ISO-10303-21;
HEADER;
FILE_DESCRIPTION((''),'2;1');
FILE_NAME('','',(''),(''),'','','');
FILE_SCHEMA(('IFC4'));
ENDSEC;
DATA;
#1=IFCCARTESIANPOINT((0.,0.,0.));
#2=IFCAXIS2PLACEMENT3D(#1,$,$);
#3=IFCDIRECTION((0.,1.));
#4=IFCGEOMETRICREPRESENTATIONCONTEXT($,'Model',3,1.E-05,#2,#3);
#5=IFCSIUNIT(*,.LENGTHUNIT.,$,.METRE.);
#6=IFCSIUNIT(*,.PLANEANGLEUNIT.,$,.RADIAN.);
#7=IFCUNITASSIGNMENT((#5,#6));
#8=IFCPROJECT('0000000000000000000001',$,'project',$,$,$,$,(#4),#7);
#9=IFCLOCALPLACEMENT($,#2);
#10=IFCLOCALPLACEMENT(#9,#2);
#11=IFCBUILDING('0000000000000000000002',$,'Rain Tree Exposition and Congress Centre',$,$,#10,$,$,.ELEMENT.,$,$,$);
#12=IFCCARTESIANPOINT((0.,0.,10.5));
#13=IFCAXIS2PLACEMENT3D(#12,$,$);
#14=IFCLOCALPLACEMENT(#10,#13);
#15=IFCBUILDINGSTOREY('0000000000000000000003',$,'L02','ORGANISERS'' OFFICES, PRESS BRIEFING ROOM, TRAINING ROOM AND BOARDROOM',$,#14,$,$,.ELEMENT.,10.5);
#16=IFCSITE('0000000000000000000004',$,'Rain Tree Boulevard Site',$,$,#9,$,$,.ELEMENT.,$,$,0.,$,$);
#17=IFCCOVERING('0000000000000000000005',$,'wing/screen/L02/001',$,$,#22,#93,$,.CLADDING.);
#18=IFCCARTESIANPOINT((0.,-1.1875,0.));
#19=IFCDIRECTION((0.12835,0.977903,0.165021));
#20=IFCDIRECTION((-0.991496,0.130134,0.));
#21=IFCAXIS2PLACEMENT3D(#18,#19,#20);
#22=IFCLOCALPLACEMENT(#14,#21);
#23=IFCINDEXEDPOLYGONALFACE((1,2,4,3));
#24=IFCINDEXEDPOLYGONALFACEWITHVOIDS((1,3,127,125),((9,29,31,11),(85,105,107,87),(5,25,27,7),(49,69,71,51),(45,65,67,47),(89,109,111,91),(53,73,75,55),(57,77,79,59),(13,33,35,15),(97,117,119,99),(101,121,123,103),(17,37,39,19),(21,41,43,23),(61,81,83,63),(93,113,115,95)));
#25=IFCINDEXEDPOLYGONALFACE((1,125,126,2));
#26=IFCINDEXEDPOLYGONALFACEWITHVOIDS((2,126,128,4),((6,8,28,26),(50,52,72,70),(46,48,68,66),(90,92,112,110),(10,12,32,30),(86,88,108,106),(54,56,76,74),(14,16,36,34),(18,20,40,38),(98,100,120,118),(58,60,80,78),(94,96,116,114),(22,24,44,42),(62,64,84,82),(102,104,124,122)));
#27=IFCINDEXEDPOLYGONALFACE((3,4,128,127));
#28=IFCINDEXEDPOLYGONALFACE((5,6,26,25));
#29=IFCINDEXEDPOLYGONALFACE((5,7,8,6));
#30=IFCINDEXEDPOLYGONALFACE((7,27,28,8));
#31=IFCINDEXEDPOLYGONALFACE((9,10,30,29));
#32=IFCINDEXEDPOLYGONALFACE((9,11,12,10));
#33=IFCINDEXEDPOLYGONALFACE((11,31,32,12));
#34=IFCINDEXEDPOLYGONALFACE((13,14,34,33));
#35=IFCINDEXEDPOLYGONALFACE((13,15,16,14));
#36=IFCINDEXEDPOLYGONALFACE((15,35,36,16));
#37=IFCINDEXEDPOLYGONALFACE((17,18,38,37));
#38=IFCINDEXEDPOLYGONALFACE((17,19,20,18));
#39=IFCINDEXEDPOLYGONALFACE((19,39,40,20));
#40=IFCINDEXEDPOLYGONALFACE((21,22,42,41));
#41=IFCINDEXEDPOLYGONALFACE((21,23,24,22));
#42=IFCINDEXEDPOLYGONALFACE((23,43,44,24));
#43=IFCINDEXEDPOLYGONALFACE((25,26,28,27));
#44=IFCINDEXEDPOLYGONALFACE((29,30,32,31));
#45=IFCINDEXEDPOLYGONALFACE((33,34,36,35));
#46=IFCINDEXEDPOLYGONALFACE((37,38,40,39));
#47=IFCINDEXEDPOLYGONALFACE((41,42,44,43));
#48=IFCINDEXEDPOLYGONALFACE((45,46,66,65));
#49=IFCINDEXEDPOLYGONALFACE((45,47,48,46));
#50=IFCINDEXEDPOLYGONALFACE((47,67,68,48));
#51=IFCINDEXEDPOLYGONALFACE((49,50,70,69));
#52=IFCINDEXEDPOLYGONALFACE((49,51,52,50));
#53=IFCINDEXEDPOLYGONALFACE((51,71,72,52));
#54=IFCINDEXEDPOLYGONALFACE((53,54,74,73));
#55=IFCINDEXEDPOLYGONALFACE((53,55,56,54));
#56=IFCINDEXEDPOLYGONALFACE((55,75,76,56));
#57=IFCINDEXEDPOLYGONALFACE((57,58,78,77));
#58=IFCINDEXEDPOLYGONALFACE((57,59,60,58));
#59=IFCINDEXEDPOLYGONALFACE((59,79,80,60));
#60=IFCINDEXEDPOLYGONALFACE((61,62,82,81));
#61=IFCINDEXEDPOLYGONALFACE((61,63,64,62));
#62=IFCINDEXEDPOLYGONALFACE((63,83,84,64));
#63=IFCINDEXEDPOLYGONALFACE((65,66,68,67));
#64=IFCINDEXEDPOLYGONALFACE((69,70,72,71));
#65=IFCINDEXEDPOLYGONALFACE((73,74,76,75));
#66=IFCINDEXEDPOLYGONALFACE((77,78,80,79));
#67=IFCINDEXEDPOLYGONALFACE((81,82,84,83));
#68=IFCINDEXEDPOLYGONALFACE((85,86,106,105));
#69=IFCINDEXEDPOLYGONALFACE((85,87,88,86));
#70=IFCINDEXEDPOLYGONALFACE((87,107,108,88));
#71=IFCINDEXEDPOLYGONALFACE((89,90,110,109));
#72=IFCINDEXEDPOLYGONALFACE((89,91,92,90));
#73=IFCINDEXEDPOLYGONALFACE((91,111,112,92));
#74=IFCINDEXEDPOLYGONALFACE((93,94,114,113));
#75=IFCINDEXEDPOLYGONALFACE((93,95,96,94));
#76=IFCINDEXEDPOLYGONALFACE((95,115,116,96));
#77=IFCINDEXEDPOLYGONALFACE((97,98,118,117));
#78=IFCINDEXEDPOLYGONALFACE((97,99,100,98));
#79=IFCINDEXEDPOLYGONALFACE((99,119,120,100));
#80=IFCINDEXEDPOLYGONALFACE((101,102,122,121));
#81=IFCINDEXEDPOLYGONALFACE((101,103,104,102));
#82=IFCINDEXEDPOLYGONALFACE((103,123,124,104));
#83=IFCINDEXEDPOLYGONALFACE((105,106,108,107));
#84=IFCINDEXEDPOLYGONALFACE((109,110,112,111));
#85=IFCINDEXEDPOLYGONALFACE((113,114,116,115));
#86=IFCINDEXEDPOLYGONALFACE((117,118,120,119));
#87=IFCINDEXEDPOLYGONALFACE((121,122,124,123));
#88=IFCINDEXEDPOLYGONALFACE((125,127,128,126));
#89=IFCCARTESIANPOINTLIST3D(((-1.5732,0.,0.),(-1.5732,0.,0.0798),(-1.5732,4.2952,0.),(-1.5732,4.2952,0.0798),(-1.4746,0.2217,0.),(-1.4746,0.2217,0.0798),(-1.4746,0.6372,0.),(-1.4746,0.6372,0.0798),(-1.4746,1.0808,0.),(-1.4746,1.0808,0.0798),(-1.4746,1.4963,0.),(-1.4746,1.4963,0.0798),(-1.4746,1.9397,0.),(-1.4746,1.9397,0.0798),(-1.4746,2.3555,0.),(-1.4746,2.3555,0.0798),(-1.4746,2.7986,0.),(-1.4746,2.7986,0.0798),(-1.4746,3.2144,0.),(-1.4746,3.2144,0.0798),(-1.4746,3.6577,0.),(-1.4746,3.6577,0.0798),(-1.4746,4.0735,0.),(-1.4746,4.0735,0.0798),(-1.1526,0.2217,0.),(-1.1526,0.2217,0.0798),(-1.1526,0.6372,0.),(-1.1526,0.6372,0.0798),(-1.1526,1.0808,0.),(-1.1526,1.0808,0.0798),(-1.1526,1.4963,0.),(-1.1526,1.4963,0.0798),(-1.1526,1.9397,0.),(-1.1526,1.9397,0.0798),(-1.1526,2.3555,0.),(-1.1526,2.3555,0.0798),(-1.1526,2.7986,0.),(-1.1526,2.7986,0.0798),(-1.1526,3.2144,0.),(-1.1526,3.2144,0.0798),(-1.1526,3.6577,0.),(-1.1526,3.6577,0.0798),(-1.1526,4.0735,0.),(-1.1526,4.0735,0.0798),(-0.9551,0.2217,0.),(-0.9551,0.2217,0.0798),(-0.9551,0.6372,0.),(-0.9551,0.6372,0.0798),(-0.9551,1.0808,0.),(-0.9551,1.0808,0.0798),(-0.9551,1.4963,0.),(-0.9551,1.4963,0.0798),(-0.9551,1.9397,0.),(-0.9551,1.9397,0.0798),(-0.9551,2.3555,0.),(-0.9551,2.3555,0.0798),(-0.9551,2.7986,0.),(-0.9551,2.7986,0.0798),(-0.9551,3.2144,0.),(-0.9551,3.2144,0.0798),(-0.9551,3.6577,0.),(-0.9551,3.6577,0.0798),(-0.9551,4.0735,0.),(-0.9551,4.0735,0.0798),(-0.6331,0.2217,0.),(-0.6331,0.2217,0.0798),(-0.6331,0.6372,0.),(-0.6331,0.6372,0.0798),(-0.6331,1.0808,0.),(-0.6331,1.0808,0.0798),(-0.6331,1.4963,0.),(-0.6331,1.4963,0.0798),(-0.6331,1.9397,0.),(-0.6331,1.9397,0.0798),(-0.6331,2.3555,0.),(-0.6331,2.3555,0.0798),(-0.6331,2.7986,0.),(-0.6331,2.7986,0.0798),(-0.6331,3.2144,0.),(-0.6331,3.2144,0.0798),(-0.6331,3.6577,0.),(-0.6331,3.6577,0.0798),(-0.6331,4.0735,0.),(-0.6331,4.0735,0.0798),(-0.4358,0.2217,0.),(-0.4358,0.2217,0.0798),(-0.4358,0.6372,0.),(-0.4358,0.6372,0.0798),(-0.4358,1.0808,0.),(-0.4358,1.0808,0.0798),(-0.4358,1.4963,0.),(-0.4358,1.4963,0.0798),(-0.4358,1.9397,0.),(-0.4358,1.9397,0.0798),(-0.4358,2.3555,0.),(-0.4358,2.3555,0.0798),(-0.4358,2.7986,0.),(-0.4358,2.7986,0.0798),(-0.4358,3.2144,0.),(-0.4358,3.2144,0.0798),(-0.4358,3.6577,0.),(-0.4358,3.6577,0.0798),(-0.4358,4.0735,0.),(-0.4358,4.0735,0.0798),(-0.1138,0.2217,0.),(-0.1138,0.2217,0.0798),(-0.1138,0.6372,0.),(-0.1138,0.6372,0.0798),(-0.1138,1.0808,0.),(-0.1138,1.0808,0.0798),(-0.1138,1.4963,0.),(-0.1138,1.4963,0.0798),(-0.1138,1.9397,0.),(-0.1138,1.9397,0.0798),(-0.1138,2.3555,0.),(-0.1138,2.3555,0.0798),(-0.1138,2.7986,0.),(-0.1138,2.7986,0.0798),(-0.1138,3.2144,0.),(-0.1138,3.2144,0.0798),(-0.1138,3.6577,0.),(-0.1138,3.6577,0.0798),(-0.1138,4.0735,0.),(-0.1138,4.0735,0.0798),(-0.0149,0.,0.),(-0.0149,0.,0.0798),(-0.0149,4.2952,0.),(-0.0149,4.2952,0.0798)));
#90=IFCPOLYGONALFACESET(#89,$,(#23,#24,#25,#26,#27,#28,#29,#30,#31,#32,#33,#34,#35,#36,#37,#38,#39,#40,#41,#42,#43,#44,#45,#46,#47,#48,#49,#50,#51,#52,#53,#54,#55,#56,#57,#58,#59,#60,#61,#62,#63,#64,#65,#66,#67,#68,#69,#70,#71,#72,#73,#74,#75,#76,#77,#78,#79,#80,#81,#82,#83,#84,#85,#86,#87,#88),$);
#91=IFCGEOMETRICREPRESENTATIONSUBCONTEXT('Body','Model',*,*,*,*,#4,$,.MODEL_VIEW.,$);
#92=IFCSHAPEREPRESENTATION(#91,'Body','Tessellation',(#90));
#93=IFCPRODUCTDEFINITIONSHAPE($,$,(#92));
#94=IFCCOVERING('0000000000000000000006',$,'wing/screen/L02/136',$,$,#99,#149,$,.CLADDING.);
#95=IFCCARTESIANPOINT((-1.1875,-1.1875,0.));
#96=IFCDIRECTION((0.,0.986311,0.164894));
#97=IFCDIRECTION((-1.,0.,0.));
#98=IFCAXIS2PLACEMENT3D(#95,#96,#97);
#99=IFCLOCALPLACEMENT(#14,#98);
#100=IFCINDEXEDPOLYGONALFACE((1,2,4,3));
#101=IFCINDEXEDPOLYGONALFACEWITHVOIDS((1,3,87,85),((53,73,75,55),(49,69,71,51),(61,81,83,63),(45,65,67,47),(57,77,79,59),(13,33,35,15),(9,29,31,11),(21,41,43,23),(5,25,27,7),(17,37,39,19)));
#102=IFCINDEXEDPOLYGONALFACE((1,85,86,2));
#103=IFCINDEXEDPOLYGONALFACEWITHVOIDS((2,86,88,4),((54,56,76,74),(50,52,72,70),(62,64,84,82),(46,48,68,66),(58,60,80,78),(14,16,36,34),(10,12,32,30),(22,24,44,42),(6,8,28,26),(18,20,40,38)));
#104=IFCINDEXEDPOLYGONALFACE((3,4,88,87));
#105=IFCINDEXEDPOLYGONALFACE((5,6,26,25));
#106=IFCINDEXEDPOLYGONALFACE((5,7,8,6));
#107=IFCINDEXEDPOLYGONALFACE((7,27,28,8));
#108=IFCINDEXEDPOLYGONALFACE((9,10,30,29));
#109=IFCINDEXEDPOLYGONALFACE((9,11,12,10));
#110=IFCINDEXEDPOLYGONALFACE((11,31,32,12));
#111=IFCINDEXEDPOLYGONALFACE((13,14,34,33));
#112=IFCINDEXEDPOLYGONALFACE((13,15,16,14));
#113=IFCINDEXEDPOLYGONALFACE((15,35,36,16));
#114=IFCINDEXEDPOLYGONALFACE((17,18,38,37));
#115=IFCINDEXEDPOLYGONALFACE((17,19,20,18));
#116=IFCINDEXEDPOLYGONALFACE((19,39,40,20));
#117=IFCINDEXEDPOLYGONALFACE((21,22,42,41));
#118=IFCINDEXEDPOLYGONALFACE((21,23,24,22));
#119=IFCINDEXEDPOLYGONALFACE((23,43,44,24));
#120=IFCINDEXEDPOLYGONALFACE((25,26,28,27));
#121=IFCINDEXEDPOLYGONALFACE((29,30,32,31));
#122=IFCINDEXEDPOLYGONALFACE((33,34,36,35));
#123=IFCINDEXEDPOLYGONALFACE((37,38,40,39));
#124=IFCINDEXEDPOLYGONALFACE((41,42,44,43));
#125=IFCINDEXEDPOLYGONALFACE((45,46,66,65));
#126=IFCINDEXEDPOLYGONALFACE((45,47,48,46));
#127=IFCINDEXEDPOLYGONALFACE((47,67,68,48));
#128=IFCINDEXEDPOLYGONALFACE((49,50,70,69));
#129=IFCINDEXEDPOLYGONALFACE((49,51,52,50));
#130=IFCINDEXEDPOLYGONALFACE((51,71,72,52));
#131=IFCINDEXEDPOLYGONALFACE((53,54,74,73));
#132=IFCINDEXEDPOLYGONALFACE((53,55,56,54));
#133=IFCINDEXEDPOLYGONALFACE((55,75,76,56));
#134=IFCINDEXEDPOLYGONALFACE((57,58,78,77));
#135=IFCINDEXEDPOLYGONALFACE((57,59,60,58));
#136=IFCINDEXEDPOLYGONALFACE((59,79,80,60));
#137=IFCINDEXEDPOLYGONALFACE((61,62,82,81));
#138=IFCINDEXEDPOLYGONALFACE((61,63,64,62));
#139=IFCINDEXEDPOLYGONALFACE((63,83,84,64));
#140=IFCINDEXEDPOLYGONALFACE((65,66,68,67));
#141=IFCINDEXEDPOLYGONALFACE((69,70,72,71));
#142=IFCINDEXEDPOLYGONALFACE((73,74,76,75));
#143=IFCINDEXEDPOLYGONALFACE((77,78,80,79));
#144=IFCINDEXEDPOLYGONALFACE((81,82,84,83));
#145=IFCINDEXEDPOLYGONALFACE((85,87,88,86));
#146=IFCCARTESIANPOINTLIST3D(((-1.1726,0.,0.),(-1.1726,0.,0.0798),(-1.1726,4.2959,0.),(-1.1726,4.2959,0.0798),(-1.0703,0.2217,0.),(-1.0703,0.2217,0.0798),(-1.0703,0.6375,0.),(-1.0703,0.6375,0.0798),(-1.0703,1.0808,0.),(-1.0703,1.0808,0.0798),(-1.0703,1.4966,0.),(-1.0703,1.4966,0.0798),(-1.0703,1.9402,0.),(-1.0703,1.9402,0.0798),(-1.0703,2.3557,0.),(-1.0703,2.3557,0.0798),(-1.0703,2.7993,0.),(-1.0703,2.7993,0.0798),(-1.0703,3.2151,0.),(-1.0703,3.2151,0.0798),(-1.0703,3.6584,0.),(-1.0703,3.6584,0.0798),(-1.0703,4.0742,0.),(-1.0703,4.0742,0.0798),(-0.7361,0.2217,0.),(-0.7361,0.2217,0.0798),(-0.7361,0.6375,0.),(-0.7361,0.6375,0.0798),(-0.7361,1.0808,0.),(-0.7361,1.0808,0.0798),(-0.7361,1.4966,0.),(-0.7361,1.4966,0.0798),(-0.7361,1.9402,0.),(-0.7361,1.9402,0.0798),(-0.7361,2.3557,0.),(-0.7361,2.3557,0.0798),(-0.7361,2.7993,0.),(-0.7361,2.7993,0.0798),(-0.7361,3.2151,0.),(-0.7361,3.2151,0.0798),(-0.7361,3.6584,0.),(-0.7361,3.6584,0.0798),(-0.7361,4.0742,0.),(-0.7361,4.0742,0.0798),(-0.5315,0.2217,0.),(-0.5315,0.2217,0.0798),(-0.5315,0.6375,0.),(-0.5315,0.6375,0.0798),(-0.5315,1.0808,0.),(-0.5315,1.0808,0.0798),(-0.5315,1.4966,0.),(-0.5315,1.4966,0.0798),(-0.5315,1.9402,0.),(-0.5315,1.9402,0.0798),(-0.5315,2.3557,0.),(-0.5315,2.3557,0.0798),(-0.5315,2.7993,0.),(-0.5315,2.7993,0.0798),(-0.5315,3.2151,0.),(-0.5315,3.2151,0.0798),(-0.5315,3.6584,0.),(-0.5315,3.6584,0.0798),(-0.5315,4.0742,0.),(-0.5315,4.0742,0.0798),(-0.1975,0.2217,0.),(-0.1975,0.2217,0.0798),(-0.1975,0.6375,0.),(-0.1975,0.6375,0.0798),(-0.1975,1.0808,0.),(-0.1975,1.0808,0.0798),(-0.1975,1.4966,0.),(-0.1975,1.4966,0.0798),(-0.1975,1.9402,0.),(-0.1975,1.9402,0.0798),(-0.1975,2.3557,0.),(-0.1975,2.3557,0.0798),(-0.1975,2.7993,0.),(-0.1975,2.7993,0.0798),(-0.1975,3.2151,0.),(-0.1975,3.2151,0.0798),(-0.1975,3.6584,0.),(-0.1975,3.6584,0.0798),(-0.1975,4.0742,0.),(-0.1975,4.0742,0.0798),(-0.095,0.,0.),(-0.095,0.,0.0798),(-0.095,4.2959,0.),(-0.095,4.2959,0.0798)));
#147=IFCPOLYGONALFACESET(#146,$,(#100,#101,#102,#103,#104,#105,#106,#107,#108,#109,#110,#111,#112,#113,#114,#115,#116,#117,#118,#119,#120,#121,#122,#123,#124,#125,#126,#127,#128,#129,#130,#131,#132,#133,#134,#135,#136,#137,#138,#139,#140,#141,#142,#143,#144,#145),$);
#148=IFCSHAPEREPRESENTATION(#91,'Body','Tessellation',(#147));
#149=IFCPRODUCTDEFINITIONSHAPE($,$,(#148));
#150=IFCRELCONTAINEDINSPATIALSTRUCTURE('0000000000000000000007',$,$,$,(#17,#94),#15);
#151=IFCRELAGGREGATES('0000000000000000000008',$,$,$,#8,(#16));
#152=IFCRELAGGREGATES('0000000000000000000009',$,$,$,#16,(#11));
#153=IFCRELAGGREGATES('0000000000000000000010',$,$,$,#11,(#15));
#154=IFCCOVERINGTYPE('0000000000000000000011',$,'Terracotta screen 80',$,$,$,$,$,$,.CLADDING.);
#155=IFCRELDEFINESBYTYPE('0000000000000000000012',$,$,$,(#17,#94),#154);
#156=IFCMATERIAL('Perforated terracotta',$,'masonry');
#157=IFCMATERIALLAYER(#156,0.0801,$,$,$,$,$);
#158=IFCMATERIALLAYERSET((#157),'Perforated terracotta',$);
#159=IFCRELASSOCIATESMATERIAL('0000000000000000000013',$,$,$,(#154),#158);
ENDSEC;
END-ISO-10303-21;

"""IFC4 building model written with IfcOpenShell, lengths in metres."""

from ifc_helpers import new_model, si_unit, direction, frame, origin, place, context, subcontext, project, spatial, polyline, outline, extrude, material, layer, layer_set, type_object, element, save


model = new_model("IFC4")

# Units and contexts
model_context = context("Model", 3, precision=1e-05, world=origin(), true_north=direction((0.0, 1.0)))
body_context = subcontext(model_context, "Body", "Model", "MODEL_VIEW")
ifc_project = project(units=[si_unit("LENGTHUNIT", "METRE"), si_unit("PLANEANGLEUNIT", "RADIAN")], contexts=[model_context])

# Site, building, storey
site_placement = place(None, origin())
site = spatial("IfcSite", under=ifc_project, at=site_placement, Name="Rain Tree Boulevard Site", CompositionType="ELEMENT", RefElevation=0.0)
building_placement = place(site_placement, origin())
building = spatial("IfcBuilding", under=site, at=building_placement, Name="Rain Tree Exposition and Congress Centre", CompositionType="ELEMENT")
storey_placement = place(building_placement, frame((0.0, 0.0, 10.5)))
storey = spatial("IfcBuildingStorey", under=building, at=storey_placement, Name="L02", Description="ORGANISERS' OFFICES, PRESS BRIEFING ROOM, TRAINING ROOM AND BOARDROOM", CompositionType="ELEMENT", Elevation=10.5)

# Coverings
ifc_material_1 = material(Name="Perforated terracotta", Category="masonry")
ifc_layer_1 = layer(ifc_material_1, 0.0801)
ifc_layer_set_1 = layer_set([ifc_layer_1], Name="Perforated terracotta")
covering_type = type_object("IfcCoveringType", Name="Terracotta screen 80", PredefinedType="CLADDING", material=ifc_layer_set_1)
covering_1_placement = place(storey_placement, frame((0.0, -1.1875, 0.0), z_axis=(0.12835, 0.977903, 0.165021), x_axis=(-0.991496, 0.130134, 0.0)))
element("IfcCovering", 1, at=covering_1_placement, inside=storey, type_object=covering_type, Name="wing/screen/L02/001", PredefinedType="CLADDING", context=body_context, shape_type="SweptSolid", body=[
    extrude(outline(polyline([(-1.5732, 0.0), (-1.5732, 4.2952), (-0.0149, 4.2952), (-0.0149, 0.0), (-1.5732, 0.0)]), holes=[polyline([(-0.1138, 0.2217), (-0.1138, 0.6372), (-0.4358, 0.6372), (-0.4358, 0.2217), (-0.1138, 0.2217)]), polyline([(-0.1138, 1.0808), (-0.1138, 1.4963), (-0.4358, 1.4963), (-0.4358, 1.0808), (-0.1138, 1.0808)]), polyline([(-0.1138, 1.9397), (-0.1138, 2.3555), (-0.4358, 2.3555), (-0.4358, 1.9397), (-0.1138, 1.9397)]), polyline([(-0.1138, 2.7986), (-0.1138, 3.2144), (-0.4358, 3.2144), (-0.4358, 2.7986), (-0.1138, 2.7986)]), polyline([(-0.1138, 3.6577), (-0.1138, 4.0735), (-0.4358, 4.0735), (-0.4358, 3.6577), (-0.1138, 3.6577)]), polyline([(-0.6331, 0.2217), (-0.6331, 0.6372), (-0.9551, 0.6372), (-0.9551, 0.2217), (-0.6331, 0.2217)]), polyline([(-0.6331, 1.0808), (-0.6331, 1.4963), (-0.9551, 1.4963), (-0.9551, 1.0808), (-0.6331, 1.0808)]), polyline([(-0.6331, 1.9397), (-0.6331, 2.3555), (-0.9551, 2.3555), (-0.9551, 1.9397), (-0.6331, 1.9397)]), polyline([(-0.6331, 2.7986), (-0.6331, 3.2144), (-0.9551, 3.2144), (-0.9551, 2.7986), (-0.6331, 2.7986)]), polyline([(-0.6331, 3.6577), (-0.6331, 4.0735), (-0.9551, 4.0735), (-0.9551, 3.6577), (-0.6331, 3.6577)]), polyline([(-1.1526, 0.2217), (-1.1526, 0.6372), (-1.4746, 0.6372), (-1.4746, 0.2217), (-1.1526, 0.2217)]), polyline([(-1.1526, 1.0808), (-1.1526, 1.4963), (-1.4746, 1.4963), (-1.4746, 1.0808), (-1.1526, 1.0808)]), polyline([(-1.1526, 1.9397), (-1.1526, 2.3555), (-1.4746, 2.3555), (-1.4746, 1.9397), (-1.1526, 1.9397)]), polyline([(-1.1526, 2.7986), (-1.1526, 3.2144), (-1.4746, 3.2144), (-1.4746, 2.7986), (-1.1526, 2.7986)]), polyline([(-1.1526, 3.6577), (-1.1526, 4.0735), (-1.4746, 4.0735), (-1.4746, 3.6577), (-1.1526, 3.6577)])]), origin(), (0.0, 0.0, 1.0), 0.0798),
])
covering_2_placement = place(storey_placement, frame((-1.1875, -1.1875, 0.0), z_axis=(0.0, 0.986311, 0.164894), x_axis=(-1.0, 0.0, 0.0)))
element("IfcCovering", 2, at=covering_2_placement, inside=storey, type_object=covering_type, Name="wing/screen/L02/136", PredefinedType="CLADDING", context=body_context, shape_type="SweptSolid", body=[
    extrude(outline(polyline([(-1.1726, 0.0), (-1.1726, 4.2959), (-0.095, 4.2959), (-0.095, 0.0), (-1.1726, 0.0)]), holes=[polyline([(-0.1975, 0.2217), (-0.1975, 0.6375), (-0.5315, 0.6375), (-0.5315, 0.2217), (-0.1975, 0.2217)]), polyline([(-0.1975, 1.0808), (-0.1975, 1.4966), (-0.5315, 1.4966), (-0.5315, 1.0808), (-0.1975, 1.0808)]), polyline([(-0.1975, 1.9402), (-0.1975, 2.3557), (-0.5315, 2.3557), (-0.5315, 1.9402), (-0.1975, 1.9402)]), polyline([(-0.1975, 2.7993), (-0.1975, 3.2151), (-0.5315, 3.2151), (-0.5315, 2.7993), (-0.1975, 2.7993)]), polyline([(-0.1975, 3.6584), (-0.1975, 4.0742), (-0.5315, 4.0742), (-0.5315, 3.6584), (-0.1975, 3.6584)]), polyline([(-0.7361, 0.2217), (-0.7361, 0.6375), (-1.0703, 0.6375), (-1.0703, 0.2217), (-0.7361, 0.2217)]), polyline([(-0.7361, 1.0808), (-0.7361, 1.4966), (-1.0703, 1.4966), (-1.0703, 1.0808), (-0.7361, 1.0808)]), polyline([(-0.7361, 1.9402), (-0.7361, 2.3557), (-1.0703, 2.3557), (-1.0703, 1.9402), (-0.7361, 1.9402)]), polyline([(-0.7361, 2.7993), (-0.7361, 3.2151), (-1.0703, 3.2151), (-1.0703, 2.7993), (-0.7361, 2.7993)]), polyline([(-0.7361, 3.6584), (-0.7361, 4.0742), (-1.0703, 4.0742), (-1.0703, 3.6584), (-0.7361, 3.6584)])]), origin(), (0.0, 0.0, 1.0), 0.0798),
])

save(model, "model.ifc")
